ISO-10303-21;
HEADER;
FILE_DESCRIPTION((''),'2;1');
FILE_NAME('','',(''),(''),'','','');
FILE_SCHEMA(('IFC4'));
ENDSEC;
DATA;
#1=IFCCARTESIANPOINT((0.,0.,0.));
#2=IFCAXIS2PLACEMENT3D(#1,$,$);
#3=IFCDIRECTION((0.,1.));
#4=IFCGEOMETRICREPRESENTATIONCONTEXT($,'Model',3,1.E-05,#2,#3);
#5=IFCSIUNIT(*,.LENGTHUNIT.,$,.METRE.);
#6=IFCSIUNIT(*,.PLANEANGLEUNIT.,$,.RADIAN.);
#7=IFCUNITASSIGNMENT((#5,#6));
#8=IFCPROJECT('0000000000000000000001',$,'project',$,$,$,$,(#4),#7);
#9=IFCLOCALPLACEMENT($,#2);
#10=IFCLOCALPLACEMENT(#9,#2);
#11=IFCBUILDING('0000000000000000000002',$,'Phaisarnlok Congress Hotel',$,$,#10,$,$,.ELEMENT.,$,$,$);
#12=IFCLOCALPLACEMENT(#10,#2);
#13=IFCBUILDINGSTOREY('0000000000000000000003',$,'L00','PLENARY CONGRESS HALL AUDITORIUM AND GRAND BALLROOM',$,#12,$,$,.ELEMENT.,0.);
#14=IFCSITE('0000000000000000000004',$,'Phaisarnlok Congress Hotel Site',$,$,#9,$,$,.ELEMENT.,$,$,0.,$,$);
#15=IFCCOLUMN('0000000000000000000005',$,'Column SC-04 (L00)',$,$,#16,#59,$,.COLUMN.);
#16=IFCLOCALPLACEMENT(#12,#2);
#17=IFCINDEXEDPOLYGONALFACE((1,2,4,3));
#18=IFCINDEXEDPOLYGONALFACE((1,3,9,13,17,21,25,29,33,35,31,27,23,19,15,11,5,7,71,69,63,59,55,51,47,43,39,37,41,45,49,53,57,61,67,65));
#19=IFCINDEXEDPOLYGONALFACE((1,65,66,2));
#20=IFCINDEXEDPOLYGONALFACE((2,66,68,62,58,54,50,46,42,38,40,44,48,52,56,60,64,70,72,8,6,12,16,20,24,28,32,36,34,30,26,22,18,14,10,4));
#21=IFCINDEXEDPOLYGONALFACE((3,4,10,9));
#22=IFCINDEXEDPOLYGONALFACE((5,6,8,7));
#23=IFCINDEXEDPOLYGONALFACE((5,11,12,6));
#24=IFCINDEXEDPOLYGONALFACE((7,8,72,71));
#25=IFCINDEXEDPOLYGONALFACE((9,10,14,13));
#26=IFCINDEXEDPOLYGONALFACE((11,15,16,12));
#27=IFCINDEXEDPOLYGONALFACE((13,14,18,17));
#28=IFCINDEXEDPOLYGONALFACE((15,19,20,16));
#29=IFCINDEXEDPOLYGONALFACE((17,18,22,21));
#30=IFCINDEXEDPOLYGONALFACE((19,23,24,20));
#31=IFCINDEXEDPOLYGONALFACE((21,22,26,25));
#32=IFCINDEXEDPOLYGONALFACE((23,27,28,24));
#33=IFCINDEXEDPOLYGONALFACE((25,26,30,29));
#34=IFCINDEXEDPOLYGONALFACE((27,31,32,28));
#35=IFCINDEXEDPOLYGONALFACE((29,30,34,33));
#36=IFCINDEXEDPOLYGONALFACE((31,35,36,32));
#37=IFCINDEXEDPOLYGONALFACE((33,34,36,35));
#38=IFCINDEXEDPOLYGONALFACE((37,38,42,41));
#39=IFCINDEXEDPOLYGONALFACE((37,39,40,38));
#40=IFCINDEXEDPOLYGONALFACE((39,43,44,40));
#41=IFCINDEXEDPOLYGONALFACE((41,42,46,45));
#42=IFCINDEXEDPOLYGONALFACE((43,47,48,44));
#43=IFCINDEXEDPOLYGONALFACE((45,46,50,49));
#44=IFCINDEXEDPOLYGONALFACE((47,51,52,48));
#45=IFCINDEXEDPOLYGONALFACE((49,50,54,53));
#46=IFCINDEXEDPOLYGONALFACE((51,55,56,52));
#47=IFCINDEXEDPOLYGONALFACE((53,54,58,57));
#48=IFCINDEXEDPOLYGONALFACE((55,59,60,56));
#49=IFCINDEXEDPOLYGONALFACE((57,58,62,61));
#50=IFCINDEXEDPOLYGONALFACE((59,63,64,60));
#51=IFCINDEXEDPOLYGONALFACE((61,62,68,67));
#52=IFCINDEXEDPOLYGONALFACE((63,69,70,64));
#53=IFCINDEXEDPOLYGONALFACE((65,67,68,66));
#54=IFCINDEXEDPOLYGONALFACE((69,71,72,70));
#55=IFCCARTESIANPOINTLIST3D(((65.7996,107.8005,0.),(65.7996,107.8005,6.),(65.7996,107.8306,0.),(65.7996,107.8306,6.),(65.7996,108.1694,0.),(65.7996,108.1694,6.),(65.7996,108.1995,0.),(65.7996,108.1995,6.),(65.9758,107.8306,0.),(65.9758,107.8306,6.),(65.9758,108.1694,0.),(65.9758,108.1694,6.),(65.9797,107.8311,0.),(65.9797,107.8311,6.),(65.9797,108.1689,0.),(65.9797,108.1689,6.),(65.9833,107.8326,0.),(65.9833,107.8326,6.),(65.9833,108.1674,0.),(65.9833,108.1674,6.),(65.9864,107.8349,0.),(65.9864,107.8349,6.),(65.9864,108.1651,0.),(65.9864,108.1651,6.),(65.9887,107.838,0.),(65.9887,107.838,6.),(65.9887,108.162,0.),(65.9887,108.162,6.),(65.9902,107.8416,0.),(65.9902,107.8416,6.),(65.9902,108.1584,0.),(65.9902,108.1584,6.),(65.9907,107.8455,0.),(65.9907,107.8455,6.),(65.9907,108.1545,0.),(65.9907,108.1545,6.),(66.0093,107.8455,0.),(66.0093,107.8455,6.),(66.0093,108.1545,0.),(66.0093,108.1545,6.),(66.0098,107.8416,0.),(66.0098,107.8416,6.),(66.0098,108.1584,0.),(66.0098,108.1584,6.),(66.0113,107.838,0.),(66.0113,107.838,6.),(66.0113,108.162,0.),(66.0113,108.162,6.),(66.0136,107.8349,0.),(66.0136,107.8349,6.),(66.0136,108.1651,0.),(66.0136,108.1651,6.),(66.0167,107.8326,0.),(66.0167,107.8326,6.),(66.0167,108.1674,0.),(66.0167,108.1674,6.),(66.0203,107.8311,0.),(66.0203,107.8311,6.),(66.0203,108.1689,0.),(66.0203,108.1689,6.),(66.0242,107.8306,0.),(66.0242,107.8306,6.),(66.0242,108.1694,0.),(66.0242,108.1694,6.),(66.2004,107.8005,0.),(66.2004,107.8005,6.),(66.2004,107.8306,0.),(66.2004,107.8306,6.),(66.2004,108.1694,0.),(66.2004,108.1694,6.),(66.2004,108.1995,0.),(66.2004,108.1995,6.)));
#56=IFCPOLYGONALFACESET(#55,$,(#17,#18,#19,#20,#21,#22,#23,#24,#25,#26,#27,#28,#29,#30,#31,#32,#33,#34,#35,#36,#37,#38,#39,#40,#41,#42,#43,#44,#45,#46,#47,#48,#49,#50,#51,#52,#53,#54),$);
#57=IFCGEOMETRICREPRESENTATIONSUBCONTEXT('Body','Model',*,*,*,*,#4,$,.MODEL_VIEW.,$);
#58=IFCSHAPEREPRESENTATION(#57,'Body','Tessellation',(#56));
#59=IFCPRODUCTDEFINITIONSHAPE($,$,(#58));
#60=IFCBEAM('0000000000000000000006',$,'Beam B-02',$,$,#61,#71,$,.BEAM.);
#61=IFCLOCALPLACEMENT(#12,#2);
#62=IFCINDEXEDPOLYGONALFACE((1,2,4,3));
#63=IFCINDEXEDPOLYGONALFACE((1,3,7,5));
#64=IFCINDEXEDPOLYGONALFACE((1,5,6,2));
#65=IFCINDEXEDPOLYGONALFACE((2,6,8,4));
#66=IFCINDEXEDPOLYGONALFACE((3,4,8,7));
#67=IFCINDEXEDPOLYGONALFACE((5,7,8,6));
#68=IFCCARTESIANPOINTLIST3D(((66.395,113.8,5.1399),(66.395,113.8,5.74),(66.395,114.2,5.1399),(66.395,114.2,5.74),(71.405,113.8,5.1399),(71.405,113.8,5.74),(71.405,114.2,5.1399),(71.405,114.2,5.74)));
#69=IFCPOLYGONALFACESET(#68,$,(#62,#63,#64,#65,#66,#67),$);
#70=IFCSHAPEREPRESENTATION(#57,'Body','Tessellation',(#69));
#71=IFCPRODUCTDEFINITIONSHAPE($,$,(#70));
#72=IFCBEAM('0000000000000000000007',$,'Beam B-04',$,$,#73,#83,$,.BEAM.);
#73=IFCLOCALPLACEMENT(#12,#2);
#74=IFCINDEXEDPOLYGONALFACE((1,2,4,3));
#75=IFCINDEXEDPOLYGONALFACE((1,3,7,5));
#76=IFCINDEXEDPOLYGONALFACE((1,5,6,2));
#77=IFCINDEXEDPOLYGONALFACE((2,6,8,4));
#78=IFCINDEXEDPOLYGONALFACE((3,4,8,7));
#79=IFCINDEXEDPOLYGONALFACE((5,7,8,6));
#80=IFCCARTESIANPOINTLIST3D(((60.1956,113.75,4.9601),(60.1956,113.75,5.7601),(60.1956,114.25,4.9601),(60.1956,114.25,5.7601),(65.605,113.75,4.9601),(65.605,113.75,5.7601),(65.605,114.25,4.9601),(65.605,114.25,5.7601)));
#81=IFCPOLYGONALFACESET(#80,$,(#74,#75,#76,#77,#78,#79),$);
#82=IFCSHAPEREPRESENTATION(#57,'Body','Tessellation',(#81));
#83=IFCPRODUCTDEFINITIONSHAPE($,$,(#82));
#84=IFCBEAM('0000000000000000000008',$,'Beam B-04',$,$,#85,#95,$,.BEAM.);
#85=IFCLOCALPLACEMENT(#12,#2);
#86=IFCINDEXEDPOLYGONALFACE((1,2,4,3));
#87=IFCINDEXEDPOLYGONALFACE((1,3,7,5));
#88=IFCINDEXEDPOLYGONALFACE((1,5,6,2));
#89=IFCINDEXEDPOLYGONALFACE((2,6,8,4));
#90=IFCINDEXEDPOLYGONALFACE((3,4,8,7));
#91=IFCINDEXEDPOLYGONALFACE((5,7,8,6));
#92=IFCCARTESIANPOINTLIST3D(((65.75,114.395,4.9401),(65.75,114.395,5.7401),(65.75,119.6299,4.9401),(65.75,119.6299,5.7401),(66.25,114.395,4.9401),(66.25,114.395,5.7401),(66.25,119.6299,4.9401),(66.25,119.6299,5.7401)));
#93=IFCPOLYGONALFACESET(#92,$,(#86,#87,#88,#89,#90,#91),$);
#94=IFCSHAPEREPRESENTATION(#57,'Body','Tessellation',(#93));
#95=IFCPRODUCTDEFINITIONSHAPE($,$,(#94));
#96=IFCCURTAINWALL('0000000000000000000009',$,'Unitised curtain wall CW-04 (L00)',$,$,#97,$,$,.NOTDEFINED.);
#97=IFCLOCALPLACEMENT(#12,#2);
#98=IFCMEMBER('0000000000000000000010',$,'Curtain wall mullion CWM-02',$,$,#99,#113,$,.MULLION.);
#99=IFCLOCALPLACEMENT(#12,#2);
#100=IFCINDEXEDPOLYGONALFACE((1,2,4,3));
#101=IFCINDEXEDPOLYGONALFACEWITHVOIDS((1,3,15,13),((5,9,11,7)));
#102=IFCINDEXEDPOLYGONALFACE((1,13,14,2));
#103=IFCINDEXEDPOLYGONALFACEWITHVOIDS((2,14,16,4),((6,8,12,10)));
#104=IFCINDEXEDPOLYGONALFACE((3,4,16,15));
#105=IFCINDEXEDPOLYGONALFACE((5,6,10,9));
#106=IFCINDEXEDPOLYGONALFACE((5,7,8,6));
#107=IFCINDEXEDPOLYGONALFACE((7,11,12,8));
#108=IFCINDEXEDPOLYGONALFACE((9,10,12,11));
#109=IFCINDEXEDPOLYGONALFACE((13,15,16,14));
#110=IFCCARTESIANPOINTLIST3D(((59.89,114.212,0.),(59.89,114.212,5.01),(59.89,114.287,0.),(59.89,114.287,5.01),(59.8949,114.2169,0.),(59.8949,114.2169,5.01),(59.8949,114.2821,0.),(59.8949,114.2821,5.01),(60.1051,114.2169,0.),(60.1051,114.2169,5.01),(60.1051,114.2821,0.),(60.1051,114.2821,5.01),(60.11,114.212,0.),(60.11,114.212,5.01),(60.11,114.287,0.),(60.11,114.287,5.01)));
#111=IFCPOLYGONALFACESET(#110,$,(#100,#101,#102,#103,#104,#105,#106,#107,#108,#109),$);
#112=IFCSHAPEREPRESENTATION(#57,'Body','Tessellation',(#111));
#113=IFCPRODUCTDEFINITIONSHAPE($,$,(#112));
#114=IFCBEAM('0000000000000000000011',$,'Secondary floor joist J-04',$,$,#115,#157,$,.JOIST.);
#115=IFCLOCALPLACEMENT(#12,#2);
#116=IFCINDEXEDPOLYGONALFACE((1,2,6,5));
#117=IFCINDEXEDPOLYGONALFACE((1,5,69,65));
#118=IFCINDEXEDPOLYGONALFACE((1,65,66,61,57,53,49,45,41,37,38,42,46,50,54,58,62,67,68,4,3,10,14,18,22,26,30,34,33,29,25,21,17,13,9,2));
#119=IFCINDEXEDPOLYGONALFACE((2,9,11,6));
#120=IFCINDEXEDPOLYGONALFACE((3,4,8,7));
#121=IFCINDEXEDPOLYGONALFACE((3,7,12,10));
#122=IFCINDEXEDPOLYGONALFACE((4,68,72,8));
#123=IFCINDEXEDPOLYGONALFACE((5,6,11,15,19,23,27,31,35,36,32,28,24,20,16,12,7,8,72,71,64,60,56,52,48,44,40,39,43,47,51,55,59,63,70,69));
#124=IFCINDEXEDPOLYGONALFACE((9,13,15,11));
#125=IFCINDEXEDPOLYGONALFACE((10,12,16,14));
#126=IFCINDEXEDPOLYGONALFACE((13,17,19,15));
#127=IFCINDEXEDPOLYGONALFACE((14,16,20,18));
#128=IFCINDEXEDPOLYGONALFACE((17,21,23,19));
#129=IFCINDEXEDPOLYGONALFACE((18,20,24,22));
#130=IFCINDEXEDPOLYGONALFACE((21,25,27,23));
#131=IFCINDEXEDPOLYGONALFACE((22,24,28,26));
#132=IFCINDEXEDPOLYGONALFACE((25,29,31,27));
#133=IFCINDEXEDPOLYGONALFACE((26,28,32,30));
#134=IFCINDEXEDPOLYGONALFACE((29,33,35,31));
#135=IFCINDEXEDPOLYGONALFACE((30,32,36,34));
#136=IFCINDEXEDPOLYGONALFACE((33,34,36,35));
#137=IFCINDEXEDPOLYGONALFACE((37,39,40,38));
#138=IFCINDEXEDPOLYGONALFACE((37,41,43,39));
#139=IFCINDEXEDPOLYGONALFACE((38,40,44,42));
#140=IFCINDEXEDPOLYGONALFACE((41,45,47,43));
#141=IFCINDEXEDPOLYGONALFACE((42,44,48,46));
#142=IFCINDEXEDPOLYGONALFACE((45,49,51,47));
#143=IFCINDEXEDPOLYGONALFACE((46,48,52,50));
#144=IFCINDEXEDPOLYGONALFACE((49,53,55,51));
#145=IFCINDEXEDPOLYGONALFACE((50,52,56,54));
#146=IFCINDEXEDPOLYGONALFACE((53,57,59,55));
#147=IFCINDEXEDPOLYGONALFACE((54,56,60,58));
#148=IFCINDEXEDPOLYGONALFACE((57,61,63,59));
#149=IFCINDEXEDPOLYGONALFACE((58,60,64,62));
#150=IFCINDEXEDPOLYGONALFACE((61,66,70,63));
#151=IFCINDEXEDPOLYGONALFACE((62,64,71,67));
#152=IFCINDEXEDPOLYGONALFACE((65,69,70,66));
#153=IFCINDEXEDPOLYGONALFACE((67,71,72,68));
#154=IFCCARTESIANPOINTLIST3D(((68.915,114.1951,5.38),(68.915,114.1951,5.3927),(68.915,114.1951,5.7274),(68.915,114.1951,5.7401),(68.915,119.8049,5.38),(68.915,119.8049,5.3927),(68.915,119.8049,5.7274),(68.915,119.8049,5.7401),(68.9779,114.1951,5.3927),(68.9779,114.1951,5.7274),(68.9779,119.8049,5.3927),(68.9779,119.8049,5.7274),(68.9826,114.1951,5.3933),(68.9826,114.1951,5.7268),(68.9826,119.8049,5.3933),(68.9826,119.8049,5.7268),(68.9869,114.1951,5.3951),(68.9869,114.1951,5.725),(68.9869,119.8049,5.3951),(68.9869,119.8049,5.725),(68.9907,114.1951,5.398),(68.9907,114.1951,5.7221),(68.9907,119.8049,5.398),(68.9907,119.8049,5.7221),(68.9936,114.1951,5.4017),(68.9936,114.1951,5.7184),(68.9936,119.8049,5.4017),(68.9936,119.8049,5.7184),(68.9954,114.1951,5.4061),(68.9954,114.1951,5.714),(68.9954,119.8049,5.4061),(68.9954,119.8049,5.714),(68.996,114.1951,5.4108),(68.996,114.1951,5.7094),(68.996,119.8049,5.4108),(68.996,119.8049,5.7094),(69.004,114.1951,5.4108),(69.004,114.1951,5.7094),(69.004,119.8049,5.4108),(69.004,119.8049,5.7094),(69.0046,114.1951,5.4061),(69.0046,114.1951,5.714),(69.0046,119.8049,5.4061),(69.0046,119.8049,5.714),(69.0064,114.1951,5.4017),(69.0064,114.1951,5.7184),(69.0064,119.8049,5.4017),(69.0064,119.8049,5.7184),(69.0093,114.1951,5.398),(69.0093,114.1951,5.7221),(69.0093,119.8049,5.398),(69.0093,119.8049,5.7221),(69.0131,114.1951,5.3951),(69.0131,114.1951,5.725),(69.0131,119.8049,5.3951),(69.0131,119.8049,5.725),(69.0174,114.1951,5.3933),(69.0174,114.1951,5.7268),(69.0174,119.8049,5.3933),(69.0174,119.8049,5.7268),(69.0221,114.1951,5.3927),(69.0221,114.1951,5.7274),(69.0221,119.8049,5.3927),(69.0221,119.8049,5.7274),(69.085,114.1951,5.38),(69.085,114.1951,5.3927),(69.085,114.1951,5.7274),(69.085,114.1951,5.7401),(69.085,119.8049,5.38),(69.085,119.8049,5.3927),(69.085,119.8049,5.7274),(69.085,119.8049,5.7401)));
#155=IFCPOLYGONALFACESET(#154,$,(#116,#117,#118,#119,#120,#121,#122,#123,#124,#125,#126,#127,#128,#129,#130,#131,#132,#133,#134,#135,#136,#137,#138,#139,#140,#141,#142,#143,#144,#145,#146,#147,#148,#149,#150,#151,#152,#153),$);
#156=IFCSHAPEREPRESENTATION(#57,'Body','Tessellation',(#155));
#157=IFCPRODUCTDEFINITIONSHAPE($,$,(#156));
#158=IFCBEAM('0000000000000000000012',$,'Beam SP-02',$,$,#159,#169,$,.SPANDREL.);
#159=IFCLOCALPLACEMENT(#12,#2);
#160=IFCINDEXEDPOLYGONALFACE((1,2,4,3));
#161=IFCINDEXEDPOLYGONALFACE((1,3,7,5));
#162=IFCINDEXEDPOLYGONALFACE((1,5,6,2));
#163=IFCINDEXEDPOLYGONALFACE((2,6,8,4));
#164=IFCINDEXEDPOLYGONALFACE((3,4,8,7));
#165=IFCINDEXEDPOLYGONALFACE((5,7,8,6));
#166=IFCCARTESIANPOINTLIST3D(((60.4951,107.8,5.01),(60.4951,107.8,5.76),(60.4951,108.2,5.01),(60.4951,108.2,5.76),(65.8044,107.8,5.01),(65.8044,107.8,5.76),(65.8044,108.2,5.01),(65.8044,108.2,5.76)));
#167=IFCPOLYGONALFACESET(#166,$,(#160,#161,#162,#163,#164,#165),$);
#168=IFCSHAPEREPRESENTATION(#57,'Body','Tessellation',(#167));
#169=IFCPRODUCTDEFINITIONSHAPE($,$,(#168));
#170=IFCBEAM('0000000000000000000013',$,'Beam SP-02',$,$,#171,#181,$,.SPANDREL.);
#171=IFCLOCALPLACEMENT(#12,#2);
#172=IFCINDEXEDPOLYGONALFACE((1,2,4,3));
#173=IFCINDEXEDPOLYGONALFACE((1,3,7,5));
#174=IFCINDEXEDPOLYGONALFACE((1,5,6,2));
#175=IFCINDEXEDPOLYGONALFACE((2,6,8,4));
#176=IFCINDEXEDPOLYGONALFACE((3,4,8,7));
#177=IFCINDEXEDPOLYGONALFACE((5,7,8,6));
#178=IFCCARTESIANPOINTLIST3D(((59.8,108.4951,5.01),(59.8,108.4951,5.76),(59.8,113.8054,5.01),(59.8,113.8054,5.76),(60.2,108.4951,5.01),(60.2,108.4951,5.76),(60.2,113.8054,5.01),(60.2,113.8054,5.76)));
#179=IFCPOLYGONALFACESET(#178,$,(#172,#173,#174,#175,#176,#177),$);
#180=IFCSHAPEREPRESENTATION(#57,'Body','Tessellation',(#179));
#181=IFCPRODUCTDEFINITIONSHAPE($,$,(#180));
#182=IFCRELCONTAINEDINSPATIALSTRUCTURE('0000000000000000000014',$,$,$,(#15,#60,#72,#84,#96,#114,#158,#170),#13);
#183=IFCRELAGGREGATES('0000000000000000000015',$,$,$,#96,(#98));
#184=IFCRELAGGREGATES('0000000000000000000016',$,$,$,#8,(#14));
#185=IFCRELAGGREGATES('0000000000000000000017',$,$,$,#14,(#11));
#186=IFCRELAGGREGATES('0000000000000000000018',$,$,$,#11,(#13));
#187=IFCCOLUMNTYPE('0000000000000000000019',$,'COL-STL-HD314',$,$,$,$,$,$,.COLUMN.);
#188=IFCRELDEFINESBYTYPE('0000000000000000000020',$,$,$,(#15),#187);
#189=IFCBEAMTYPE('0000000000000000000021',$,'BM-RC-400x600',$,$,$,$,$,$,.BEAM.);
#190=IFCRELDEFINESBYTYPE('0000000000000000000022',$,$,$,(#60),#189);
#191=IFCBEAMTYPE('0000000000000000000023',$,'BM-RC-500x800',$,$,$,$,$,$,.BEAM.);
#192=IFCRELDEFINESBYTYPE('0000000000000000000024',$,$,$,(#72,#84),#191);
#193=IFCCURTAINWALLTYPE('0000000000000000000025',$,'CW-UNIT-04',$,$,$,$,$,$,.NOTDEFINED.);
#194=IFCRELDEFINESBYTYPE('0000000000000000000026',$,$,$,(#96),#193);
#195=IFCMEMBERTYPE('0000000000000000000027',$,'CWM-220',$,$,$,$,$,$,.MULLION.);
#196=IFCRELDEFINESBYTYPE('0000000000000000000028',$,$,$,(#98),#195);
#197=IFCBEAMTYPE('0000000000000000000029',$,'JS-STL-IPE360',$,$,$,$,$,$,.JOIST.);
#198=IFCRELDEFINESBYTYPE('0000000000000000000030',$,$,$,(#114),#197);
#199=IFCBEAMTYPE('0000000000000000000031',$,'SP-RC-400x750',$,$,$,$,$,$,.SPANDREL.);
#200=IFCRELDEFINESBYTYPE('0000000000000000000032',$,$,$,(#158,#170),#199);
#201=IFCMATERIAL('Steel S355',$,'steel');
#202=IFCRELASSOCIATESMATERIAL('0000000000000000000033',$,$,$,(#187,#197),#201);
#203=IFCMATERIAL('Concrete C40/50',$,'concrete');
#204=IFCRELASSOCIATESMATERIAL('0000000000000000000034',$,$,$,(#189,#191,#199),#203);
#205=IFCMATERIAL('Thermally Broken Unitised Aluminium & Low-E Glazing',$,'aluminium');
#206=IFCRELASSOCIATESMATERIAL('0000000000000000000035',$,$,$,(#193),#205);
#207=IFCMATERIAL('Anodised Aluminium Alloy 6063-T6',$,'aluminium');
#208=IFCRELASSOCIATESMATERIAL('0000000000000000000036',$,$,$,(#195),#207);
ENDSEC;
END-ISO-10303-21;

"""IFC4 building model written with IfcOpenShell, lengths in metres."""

from ifc_helpers import new_model, si_unit, direction, frame, origin, origin_2d, place, context, subcontext, project, spatial, rectangle, hollow_rectangle, i_section, extrude, material, material_profile, profile_set, type_object, element, aggregate, save


model = new_model("IFC4")

# Units and contexts
model_context = context("Model", 3, precision=1e-05, world=origin(), true_north=direction((0.0, 1.0)))
body_context = subcontext(model_context, "Body", "Model", "MODEL_VIEW")
ifc_project = project(units=[si_unit("LENGTHUNIT", "METRE"), si_unit("PLANEANGLEUNIT", "RADIAN")], contexts=[model_context])

# Site, building, storey
site_placement = place(None, origin())
site = spatial("IfcSite", under=ifc_project, at=site_placement, Name="Phaisarnlok Congress Hotel Site", CompositionType="ELEMENT", RefElevation=0.0)
building_placement = place(site_placement, origin())
building = spatial("IfcBuilding", under=site, at=building_placement, Name="Phaisarnlok Congress Hotel", CompositionType="ELEMENT")
storey_placement = place(building_placement, origin())
storey = spatial("IfcBuildingStorey", under=building, at=storey_placement, Name="L00", Description="PLENARY CONGRESS HALL AUDITORIUM AND GRAND BALLROOM", CompositionType="ELEMENT", Elevation=0.0)

# Column
ifc_material_1 = material(Name="Steel S355", Category="steel")
ifc_material_profile_1 = material_profile(ifc_material_1, i_section(OverallWidth=0.4009, OverallDepth=0.3989, WebThickness=0.0186, FlangeThickness=0.03, FilletRadius=0.0149, at=origin_2d()), Name="HD 400x314")
ifc_profile_set_1 = profile_set([ifc_material_profile_1], Name="Steel S355")
column_type_1 = type_object("IfcColumnType", Name="COL-STL-HD314", PredefinedType="COLUMN", material=ifc_profile_set_1)
for number, where, z_axis, x_axis, name in (
    (1, (66.0, 108.0, 0.0), (0.0, 0.0, 1.0), (1.0, 0.0, 0.0), "Column SC-04 (L00)"),
):
    element("IfcColumn", number, at=place(storey_placement, frame(where, z_axis=z_axis, x_axis=x_axis)), inside=storey, type_object=column_type_1, Name=name, PredefinedType="COLUMN", context=body_context, shape_type="SweptSolid", body=[
        extrude(i_section(OverallWidth=0.4009, OverallDepth=0.3989, WebThickness=0.0186, FlangeThickness=0.03, FilletRadius=0.0149, at=origin_2d()), origin(), (0.0, 0.0, 1.0), 6.0),
    ])

# Beams
ifc_material_2 = material(Name="Concrete C40/50", Category="concrete")
ifc_material_profile_2 = material_profile(ifc_material_2, rectangle(XDim=0.3999, YDim=0.6001, at=origin_2d()), Name="RC 400x600")
ifc_profile_set_2 = profile_set([ifc_material_profile_2], Name="Concrete C40/50")
beam_type_1 = type_object("IfcBeamType", Name="BM-RC-400x600", PredefinedType="BEAM", material=ifc_profile_set_2)
beam_1_placement = place(storey_placement, frame((66.395, 114.0, 5.4399), z_axis=(1.0, 0.0, 0.0), x_axis=(0.0, 1.0, 0.0)))
element("IfcBeam", 2, at=beam_1_placement, inside=storey, type_object=beam_type_1, Name="Beam B-02", PredefinedType="BEAM", context=body_context, shape_type="SweptSolid", body=[
    extrude(rectangle(XDim=0.3999, YDim=0.6001, at=origin_2d()), origin(), (0.0, 0.0, 1.0), 5.01),
])
ifc_material_profile_3 = material_profile(ifc_material_2, rectangle(XDim=0.5, YDim=0.8, at=origin_2d()), Name="RC 500x800")
ifc_profile_set_3 = profile_set([ifc_material_profile_3], Name="Concrete C40/50")
beam_type_2 = type_object("IfcBeamType", Name="BM-RC-500x800", PredefinedType="BEAM", material=ifc_profile_set_3)
beam_2_placement = place(storey_placement, frame((60.1956, 114.0, 5.3601), z_axis=(1.0, 0.0, 0.0), x_axis=(0.0, 1.0, 0.0)))
element("IfcBeam", 3, at=beam_2_placement, inside=storey, type_object=beam_type_2, Name="Beam B-04", PredefinedType="BEAM", context=body_context, shape_type="SweptSolid", body=[
    extrude(rectangle(XDim=0.5, YDim=0.8, at=origin_2d()), origin(), (0.0, 0.0, 1.0), 5.4094),
])
beam_3_placement = place(storey_placement, frame((66.0, 114.395, 5.3401), z_axis=(0.0, 1.0, 0.0), x_axis=(-1.0, 0.0, 0.0)))
element("IfcBeam", 4, at=beam_3_placement, inside=storey, type_object=beam_type_2, Name="Beam B-04", PredefinedType="BEAM", context=body_context, shape_type="SweptSolid", body=[
    extrude(rectangle(XDim=0.5, YDim=0.8, at=origin_2d()), origin(), (0.0, 0.0, 1.0), 5.2349),
])

# Curtain wall, member
ifc_material_3 = material(Name="Thermally Broken Unitised Aluminium & Low-E Glazing", Category="aluminium")
curtain_wall_type_1 = type_object("IfcCurtainWallType", Name="CW-UNIT-04", PredefinedType="NOTDEFINED", material=ifc_material_3)
curtain_wall_1_placement = place(storey_placement, origin())
curtain_wall_1 = element("IfcCurtainWall", 5, at=curtain_wall_1_placement, inside=storey, type_object=curtain_wall_type_1, Name="Unitised curtain wall CW-04 (L00)", PredefinedType="NOTDEFINED")
ifc_material_4 = material(Name="Anodised Aluminium Alloy 6063-T6", Category="aluminium")
ifc_material_profile_4 = material_profile(ifc_material_4, hollow_rectangle(XDim=0.075, YDim=0.22, WallThickness=0.0049, at=origin_2d()), Name="ALU-M 75x220x5")
ifc_profile_set_4 = profile_set([ifc_material_profile_4], Name="Anodised Aluminium Alloy 6063-T6")
member_type = type_object("IfcMemberType", Name="CWM-220", PredefinedType="MULLION", material=ifc_profile_set_4)
member_placement = place(storey_placement, frame((60.0, 114.2495, 0.0), z_axis=(0.0, 0.0, 1.0), x_axis=(0.0, -1.0, 0.0)))
member = element("IfcMember", 6, at=member_placement, type_object=member_type, Name="Curtain wall mullion CWM-02", PredefinedType="MULLION", context=body_context, shape_type="SweptSolid", body=[
    extrude(hollow_rectangle(XDim=0.075, YDim=0.22, WallThickness=0.0049, at=origin_2d()), origin(), (0.0, 0.0, 1.0), 5.01),
])
aggregate(curtain_wall_1, [member])

# Beams
ifc_material_profile_5 = material_profile(ifc_material_1, i_section(OverallWidth=0.1699, OverallDepth=0.3601, WebThickness=0.0081, FlangeThickness=0.0127, FilletRadius=0.0181, at=origin_2d()), Name="IPE 360")
ifc_profile_set_5 = profile_set([ifc_material_profile_5], Name="Steel S355")
beam_type_3 = type_object("IfcBeamType", Name="JS-STL-IPE360", PredefinedType="JOIST", material=ifc_profile_set_5)
beam_4_placement = place(storey_placement, frame((69.0, 114.1951, 5.5601), z_axis=(0.0, 1.0, 0.0), x_axis=(-1.0, 0.0, 0.0)))
element("IfcBeam", 7, at=beam_4_placement, inside=storey, type_object=beam_type_3, Name="Secondary floor joist J-04", PredefinedType="JOIST", context=body_context, shape_type="SweptSolid", body=[
    extrude(i_section(OverallWidth=0.1699, OverallDepth=0.3601, WebThickness=0.0081, FlangeThickness=0.0127, FilletRadius=0.0181, at=origin_2d()), origin(), (0.0, 0.0, 1.0), 5.6099),
])
ifc_material_profile_6 = material_profile(ifc_material_2, rectangle(XDim=0.3999, YDim=0.75, at=origin_2d()), Name="RC 400x750")
ifc_profile_set_6 = profile_set([ifc_material_profile_6], Name="Concrete C40/50")
beam_type_4 = type_object("IfcBeamType", Name="SP-RC-400x750", PredefinedType="SPANDREL", material=ifc_profile_set_6)
beam_5_placement = place(storey_placement, frame((60.4951, 108.0, 5.385), z_axis=(1.0, 0.0, 0.0), x_axis=(0.0, 1.0, 0.0)))
element("IfcBeam", 8, at=beam_5_placement, inside=storey, type_object=beam_type_4, Name="Beam SP-02", PredefinedType="SPANDREL", context=body_context, shape_type="SweptSolid", body=[
    extrude(rectangle(XDim=0.3999, YDim=0.75, at=origin_2d()), origin(), (0.0, 0.0, 1.0), 5.3093),
])
beam_6_placement = place(storey_placement, frame((60.0, 108.4951, 5.385), z_axis=(0.0, 1.0, 0.0), x_axis=(-1.0, 0.0, 0.0)))
element("IfcBeam", 9, at=beam_6_placement, inside=storey, type_object=beam_type_4, Name="Beam SP-02", PredefinedType="SPANDREL", context=body_context, shape_type="SweptSolid", body=[
    extrude(rectangle(XDim=0.3999, YDim=0.75, at=origin_2d()), origin(), (0.0, 0.0, 1.0), 5.3103),
])

save(model, "model.ifc")
